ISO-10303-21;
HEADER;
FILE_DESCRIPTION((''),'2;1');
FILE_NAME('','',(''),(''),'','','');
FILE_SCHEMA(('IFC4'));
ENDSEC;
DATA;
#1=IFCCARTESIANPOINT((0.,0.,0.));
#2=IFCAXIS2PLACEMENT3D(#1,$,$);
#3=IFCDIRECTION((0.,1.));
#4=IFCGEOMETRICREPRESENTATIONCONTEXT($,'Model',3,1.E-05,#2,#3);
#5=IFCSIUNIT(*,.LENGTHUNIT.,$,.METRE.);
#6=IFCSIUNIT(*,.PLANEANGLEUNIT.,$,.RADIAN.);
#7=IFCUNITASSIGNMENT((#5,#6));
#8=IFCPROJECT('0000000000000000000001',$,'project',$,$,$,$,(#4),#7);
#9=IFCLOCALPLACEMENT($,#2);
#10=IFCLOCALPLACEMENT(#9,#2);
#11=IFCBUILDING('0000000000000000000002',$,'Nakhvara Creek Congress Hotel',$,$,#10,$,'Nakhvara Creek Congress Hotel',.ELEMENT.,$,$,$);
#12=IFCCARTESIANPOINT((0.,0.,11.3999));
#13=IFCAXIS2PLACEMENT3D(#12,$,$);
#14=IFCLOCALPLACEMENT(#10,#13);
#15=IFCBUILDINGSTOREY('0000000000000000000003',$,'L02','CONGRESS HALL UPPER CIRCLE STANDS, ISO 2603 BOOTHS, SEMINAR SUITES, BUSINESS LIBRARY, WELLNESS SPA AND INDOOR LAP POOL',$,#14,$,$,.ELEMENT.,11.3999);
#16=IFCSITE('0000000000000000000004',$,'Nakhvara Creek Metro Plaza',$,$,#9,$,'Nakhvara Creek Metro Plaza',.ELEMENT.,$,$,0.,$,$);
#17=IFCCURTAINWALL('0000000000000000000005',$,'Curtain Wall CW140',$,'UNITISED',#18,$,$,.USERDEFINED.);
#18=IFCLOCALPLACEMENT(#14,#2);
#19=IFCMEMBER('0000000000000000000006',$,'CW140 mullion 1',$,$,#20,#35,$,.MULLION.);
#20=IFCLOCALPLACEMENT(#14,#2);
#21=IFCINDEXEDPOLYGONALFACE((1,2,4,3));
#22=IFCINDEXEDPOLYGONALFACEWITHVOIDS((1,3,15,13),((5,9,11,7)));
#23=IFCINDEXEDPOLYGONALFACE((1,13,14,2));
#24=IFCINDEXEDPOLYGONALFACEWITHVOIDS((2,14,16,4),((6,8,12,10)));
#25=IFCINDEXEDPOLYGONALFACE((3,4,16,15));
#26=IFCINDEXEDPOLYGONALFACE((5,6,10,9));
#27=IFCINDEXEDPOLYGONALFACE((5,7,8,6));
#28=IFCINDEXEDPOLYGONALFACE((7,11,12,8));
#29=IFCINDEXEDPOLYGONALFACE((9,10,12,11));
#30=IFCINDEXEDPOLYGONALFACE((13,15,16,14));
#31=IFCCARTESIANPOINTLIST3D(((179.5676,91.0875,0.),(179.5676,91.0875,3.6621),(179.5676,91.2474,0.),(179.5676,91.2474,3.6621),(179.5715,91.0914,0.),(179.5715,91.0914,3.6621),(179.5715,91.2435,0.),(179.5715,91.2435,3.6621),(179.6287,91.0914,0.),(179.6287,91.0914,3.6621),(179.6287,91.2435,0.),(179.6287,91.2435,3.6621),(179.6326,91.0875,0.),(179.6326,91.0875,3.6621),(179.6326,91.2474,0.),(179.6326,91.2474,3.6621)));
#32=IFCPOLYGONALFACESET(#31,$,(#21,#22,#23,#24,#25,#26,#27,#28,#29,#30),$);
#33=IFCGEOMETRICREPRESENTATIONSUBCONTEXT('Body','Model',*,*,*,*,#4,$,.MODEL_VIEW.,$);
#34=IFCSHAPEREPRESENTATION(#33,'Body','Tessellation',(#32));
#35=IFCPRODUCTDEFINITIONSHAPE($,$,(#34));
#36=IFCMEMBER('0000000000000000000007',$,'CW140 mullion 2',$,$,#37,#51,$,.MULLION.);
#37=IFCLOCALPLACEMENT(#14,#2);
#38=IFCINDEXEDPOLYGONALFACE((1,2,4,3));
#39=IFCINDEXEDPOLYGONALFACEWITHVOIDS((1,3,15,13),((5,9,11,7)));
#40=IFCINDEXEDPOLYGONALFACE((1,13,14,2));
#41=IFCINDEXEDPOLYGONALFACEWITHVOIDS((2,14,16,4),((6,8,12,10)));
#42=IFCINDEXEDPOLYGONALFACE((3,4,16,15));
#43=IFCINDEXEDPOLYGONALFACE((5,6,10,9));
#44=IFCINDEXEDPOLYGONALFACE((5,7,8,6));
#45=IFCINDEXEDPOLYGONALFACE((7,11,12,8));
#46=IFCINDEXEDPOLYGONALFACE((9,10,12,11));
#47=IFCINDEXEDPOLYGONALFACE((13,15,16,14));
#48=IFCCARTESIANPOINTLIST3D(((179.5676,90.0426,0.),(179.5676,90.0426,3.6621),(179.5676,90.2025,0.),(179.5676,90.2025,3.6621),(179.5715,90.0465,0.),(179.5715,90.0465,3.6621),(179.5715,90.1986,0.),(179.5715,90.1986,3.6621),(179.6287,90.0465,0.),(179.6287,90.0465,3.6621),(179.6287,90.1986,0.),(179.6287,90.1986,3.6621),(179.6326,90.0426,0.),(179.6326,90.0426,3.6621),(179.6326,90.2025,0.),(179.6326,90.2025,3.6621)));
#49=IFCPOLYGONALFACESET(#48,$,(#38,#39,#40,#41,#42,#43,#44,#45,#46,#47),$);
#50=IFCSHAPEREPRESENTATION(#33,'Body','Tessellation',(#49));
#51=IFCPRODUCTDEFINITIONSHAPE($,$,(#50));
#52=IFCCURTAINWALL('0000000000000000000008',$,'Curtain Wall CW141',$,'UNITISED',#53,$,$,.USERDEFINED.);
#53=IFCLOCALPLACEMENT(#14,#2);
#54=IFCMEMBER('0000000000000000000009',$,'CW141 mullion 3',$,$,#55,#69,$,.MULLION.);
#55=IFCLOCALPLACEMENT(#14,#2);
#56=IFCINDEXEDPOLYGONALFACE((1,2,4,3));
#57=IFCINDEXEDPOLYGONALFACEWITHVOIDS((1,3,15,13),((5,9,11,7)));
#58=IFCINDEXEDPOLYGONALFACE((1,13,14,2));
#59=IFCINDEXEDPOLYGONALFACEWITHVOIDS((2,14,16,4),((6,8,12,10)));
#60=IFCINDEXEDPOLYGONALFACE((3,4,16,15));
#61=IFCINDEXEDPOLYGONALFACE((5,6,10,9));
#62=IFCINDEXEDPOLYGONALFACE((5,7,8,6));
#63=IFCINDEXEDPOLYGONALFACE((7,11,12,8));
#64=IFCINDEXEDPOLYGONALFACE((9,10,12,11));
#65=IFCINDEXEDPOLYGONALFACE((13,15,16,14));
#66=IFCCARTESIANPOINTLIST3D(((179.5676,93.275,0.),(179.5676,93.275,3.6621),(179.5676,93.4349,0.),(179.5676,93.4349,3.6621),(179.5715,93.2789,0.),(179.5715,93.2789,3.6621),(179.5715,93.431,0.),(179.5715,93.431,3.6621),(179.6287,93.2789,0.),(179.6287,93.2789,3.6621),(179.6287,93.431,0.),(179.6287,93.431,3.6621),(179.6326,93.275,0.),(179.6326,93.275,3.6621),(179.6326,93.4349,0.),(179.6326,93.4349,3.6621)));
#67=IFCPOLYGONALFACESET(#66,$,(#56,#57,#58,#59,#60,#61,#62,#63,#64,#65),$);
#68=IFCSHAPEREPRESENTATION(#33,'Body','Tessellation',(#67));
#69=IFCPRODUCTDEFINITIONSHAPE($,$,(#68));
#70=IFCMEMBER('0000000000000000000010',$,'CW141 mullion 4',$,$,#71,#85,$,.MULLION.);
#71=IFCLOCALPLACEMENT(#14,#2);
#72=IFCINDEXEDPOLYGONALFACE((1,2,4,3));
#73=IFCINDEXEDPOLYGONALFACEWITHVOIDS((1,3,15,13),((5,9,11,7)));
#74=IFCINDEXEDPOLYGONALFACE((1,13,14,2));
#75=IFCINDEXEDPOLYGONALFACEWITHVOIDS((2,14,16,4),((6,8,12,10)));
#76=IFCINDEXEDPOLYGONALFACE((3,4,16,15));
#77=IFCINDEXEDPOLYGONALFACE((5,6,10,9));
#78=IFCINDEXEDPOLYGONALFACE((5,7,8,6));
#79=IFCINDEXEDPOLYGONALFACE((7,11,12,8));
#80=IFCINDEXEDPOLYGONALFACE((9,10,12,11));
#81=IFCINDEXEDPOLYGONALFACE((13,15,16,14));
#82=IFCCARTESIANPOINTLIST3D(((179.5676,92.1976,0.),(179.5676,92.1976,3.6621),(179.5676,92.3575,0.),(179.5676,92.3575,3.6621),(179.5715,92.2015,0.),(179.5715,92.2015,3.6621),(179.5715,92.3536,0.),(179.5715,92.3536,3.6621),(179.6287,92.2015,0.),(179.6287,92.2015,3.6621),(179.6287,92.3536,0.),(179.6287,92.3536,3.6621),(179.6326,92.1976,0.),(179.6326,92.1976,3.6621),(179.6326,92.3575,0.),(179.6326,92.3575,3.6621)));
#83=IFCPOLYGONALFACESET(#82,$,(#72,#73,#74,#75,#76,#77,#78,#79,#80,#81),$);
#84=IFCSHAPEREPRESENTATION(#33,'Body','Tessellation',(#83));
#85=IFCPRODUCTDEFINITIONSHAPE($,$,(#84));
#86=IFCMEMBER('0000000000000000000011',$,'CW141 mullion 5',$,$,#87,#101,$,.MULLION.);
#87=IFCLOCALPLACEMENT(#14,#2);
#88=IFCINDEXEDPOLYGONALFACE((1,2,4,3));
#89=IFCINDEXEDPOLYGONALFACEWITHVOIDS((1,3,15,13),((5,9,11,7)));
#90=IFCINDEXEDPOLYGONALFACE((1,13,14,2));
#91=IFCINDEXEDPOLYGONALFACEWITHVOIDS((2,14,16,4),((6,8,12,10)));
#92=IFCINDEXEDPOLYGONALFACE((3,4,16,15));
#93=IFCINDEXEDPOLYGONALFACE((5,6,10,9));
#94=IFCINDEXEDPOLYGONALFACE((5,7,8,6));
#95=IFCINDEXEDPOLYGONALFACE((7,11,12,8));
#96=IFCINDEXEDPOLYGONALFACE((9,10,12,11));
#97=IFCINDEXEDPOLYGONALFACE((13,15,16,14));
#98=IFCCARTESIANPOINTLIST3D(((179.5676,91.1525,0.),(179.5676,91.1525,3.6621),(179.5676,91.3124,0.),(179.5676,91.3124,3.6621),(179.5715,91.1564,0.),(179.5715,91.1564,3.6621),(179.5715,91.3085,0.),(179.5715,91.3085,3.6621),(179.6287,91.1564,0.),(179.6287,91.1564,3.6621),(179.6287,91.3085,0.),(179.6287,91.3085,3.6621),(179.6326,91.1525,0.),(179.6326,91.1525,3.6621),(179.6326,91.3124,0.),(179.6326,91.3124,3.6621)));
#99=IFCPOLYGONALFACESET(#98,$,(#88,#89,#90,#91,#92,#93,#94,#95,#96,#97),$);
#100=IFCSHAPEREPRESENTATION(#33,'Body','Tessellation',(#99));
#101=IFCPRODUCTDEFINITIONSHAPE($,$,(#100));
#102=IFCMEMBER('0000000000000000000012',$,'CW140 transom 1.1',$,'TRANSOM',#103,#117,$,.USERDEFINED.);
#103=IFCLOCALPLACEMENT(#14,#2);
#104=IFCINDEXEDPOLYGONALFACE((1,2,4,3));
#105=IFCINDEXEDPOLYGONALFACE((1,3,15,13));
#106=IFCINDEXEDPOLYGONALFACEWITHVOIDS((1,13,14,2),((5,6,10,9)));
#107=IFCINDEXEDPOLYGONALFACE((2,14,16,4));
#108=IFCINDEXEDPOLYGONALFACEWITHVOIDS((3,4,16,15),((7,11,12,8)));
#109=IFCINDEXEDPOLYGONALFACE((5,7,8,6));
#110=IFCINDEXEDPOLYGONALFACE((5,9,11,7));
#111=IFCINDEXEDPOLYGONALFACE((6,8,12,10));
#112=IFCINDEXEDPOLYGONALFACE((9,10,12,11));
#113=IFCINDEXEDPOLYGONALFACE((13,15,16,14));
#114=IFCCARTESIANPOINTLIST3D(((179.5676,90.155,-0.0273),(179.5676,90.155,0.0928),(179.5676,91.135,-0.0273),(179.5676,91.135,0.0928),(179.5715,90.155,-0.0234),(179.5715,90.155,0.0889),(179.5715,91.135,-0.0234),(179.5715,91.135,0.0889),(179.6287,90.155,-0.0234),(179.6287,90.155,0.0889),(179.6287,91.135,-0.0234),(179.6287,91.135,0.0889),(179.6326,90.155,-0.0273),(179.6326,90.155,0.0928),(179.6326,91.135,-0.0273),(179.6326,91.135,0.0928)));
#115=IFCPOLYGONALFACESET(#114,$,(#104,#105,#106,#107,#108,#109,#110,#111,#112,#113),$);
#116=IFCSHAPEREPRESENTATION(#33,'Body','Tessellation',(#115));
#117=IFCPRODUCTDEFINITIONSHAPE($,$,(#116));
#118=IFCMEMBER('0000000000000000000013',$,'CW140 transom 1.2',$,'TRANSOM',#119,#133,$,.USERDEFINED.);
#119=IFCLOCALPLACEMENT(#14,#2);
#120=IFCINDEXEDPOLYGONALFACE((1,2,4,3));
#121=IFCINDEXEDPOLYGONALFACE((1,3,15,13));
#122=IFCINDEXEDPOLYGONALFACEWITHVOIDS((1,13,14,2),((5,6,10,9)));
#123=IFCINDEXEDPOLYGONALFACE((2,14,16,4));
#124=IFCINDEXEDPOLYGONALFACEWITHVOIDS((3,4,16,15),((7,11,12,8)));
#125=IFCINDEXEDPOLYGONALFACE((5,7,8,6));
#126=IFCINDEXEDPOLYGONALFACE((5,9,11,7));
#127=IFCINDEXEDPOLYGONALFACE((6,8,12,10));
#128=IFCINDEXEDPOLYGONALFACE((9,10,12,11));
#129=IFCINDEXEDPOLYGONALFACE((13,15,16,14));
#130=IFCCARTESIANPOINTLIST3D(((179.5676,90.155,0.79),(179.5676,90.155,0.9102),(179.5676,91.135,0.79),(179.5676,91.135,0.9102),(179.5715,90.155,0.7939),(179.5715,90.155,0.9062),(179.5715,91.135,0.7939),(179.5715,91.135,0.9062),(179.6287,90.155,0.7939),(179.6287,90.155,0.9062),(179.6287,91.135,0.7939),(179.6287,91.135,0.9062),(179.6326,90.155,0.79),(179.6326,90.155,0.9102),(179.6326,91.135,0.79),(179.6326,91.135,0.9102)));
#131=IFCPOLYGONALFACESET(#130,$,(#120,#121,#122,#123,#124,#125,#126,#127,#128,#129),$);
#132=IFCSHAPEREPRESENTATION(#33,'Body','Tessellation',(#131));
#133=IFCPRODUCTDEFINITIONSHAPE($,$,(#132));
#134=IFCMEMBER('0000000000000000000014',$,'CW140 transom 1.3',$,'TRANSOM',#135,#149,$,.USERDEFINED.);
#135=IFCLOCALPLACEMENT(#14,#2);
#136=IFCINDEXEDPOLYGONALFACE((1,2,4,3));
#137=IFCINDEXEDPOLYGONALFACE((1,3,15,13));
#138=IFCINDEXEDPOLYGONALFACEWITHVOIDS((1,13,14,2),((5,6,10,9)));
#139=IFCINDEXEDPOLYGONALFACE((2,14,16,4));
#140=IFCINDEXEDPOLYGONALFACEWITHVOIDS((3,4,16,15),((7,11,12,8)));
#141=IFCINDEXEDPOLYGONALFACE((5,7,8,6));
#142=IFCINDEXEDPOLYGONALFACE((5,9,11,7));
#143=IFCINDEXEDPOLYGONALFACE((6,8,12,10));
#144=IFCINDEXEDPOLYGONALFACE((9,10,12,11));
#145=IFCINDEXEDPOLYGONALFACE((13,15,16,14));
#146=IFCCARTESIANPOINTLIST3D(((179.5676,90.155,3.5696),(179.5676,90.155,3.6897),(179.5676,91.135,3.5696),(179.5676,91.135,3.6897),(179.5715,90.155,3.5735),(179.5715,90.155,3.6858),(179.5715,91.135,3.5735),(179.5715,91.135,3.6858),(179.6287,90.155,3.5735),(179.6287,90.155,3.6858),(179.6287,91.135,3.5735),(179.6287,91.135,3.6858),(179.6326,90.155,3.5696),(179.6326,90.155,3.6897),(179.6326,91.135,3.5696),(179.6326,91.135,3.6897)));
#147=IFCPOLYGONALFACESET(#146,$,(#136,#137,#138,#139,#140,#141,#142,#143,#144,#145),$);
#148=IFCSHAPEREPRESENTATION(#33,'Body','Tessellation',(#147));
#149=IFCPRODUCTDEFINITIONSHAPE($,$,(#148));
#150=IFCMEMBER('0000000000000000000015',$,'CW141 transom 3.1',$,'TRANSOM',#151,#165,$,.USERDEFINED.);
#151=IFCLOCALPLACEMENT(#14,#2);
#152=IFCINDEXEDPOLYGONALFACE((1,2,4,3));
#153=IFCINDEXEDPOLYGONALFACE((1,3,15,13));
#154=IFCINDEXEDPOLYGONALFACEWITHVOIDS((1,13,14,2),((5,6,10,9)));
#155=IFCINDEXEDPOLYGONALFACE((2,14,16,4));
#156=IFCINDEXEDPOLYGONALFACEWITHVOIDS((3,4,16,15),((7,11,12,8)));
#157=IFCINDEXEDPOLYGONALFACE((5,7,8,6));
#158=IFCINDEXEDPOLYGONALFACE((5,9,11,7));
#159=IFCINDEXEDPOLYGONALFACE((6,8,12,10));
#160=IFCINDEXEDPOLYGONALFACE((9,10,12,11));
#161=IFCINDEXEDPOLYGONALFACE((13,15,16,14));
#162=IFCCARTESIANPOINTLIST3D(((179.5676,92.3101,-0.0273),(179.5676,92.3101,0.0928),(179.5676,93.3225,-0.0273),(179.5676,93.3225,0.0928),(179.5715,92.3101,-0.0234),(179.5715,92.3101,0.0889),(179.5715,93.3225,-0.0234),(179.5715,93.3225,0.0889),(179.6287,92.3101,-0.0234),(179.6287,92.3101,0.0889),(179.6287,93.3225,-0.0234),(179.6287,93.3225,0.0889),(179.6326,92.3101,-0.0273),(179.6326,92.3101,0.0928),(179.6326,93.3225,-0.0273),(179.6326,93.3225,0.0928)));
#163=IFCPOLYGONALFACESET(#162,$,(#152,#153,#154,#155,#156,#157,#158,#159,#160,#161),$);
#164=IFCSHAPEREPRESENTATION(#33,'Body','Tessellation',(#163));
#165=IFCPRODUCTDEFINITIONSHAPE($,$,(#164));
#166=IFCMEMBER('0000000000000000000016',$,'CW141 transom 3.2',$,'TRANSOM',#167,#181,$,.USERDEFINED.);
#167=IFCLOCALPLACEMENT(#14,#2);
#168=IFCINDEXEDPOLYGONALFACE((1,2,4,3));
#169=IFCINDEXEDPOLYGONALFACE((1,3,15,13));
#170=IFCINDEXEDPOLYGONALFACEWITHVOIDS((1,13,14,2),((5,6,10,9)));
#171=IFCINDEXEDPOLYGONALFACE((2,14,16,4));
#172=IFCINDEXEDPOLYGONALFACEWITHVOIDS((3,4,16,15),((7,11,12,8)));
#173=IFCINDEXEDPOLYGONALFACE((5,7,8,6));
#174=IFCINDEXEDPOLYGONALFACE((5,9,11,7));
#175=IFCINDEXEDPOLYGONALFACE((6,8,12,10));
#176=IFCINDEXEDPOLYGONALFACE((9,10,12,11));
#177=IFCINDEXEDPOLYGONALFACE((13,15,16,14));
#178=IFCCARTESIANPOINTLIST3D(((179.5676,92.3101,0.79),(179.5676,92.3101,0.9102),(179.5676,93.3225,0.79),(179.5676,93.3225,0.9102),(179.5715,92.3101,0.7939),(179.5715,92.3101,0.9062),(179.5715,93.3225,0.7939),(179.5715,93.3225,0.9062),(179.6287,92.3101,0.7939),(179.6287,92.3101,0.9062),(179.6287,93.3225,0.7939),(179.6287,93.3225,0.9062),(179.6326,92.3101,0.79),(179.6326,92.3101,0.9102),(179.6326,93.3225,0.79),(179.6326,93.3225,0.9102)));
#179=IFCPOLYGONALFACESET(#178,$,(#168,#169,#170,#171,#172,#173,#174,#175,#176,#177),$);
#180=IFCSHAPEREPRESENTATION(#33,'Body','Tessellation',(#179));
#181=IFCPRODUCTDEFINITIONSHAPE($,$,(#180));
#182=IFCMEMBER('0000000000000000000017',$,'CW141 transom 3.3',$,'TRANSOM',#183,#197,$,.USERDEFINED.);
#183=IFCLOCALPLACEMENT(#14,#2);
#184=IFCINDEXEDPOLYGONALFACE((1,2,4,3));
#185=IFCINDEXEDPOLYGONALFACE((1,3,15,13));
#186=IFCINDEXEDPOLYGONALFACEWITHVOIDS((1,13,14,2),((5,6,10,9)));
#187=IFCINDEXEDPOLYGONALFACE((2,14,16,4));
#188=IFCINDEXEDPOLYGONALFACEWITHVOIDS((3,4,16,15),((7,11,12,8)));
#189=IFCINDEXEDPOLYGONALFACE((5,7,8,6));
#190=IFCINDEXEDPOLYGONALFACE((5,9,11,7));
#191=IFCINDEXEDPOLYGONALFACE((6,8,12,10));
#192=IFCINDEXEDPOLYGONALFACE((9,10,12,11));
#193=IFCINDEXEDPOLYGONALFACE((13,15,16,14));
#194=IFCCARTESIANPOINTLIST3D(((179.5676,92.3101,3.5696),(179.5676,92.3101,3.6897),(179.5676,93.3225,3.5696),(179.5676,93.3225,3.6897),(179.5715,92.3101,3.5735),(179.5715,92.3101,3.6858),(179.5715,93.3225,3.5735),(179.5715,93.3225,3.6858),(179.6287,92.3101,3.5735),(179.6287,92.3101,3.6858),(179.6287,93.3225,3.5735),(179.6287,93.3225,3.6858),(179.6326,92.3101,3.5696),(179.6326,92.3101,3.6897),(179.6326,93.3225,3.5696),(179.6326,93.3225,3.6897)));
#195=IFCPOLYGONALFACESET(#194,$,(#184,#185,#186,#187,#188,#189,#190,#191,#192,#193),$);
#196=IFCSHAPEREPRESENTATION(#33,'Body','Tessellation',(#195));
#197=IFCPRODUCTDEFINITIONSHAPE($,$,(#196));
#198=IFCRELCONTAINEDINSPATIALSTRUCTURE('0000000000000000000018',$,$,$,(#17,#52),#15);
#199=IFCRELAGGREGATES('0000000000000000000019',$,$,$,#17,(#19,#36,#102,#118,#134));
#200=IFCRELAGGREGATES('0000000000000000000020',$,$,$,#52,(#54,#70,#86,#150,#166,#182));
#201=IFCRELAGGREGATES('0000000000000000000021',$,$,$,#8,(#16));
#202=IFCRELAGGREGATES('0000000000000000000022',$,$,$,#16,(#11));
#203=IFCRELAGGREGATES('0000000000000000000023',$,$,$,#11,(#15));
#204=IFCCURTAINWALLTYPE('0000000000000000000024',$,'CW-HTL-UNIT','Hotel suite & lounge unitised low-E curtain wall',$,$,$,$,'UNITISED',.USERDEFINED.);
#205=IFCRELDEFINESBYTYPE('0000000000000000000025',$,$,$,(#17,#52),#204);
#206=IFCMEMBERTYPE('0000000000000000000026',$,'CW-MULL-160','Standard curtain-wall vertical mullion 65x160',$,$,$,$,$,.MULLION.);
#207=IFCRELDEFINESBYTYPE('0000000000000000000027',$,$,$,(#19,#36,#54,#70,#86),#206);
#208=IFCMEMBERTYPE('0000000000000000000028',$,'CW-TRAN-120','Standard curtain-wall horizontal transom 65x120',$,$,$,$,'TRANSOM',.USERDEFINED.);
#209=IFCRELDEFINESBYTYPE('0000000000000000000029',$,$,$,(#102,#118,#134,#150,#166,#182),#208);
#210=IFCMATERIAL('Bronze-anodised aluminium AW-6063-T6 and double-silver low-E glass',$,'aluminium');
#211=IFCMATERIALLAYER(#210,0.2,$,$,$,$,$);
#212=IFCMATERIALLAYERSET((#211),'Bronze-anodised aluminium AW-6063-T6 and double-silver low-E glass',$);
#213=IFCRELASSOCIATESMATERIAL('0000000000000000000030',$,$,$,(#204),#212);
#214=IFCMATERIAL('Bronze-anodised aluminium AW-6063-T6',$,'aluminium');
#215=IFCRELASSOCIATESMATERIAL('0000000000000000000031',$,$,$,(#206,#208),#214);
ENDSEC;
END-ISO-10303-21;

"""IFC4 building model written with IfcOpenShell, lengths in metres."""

from ifc_helpers import new_model, si_unit, direction, frame, origin, origin_2d, place, context, subcontext, project, spatial, hollow_rectangle, extrude, material, layer, layer_set, material_profile, profile_set, type_object, element, aggregate, save


model = new_model("IFC4")

# Units and contexts
model_context = context("Model", 3, precision=1e-05, world=origin(), true_north=direction((0.0, 1.0)))
body_context = subcontext(model_context, "Body", "Model", "MODEL_VIEW")
ifc_project = project(units=[si_unit("LENGTHUNIT", "METRE"), si_unit("PLANEANGLEUNIT", "RADIAN")], contexts=[model_context])

# Site, building, storey
site_placement = place(None, origin())
site = spatial("IfcSite", under=ifc_project, at=site_placement, Name="Nakhvara Creek Metro Plaza", LongName="Nakhvara Creek Metro Plaza", CompositionType="ELEMENT", RefElevation=0.0)
building_placement = place(site_placement, origin())
building = spatial("IfcBuilding", under=site, at=building_placement, Name="Nakhvara Creek Congress Hotel", LongName="Nakhvara Creek Congress Hotel", CompositionType="ELEMENT")
storey_placement = place(building_placement, frame((0.0, 0.0, 11.3999)))
storey = spatial("IfcBuildingStorey", under=building, at=storey_placement, Name="L02", Description="CONGRESS HALL UPPER CIRCLE STANDS, ISO 2603 BOOTHS, SEMINAR SUITES, BUSINESS LIBRARY, WELLNESS SPA AND INDOOR LAP POOL", CompositionType="ELEMENT", Elevation=11.3999)

# Curtain walls, members
ifc_material_1 = material(Name="Bronze-anodised aluminium AW-6063-T6 and double-silver low-E glass", Category="aluminium")
ifc_layer_1 = layer(ifc_material_1, 0.2)
ifc_layer_set_1 = layer_set([ifc_layer_1], Name="Bronze-anodised aluminium AW-6063-T6 and double-silver low-E glass")
curtain_wall_type = type_object("IfcCurtainWallType", Name="CW-HTL-UNIT", Description="Hotel suite & lounge unitised low-E curtain wall", ElementType="UNITISED", PredefinedType="USERDEFINED", material=ifc_layer_set_1)
curtain_wall_1_placement = place(storey_placement, origin())
curtain_wall_1 = element("IfcCurtainWall", 1, at=curtain_wall_1_placement, inside=storey, type_object=curtain_wall_type, Name="Curtain Wall CW140", ObjectType="UNITISED", PredefinedType="USERDEFINED")
ifc_material_2 = material(Name="Bronze-anodised aluminium AW-6063-T6", Category="aluminium")
ifc_material_profile_1 = material_profile(ifc_material_2, hollow_rectangle(XDim=0.0649, YDim=0.1599, WallThickness=0.0039, at=origin_2d()), Name="ALU-MULL 65x160x4", Category="LoadBearing")
ifc_profile_set_1 = profile_set([ifc_material_profile_1], Name="Bronze-anodised aluminium AW-6063-T6")
member_type_1 = type_object("IfcMemberType", Name="CW-MULL-160", Description="Standard curtain-wall vertical mullion 65x160", PredefinedType="MULLION", material=ifc_profile_set_1)
member_1_placement = place(storey_placement, frame((179.6001, 91.1675, 0.0), z_axis=(0.0, 0.0, 1.0), x_axis=(1.0, 0.0, 0.0)))
member_1 = element("IfcMember", 2, at=member_1_placement, type_object=member_type_1, Name="CW140 mullion 1", PredefinedType="MULLION", context=body_context, shape_type="SweptSolid", body=[
    extrude(hollow_rectangle(XDim=0.0649, YDim=0.1599, WallThickness=0.0039, at=origin_2d()), origin(), (0.0, 0.0, 1.0), 3.6621),
])
member_2_placement = place(storey_placement, frame((179.6001, 90.1226, 0.0), z_axis=(0.0, 0.0, 1.0), x_axis=(1.0, 0.0, 0.0)))
member_2 = element("IfcMember", 3, at=member_2_placement, type_object=member_type_1, Name="CW140 mullion 2", PredefinedType="MULLION", context=body_context, shape_type="SweptSolid", body=[
    extrude(hollow_rectangle(XDim=0.0649, YDim=0.1599, WallThickness=0.0039, at=origin_2d()), origin(), (0.0, 0.0, 1.0), 3.6621),
])
curtain_wall_2_placement = place(storey_placement, origin())
curtain_wall_2 = element("IfcCurtainWall", 4, at=curtain_wall_2_placement, inside=storey, type_object=curtain_wall_type, Name="Curtain Wall CW141", ObjectType="UNITISED", PredefinedType="USERDEFINED")
member_3_placement = place(storey_placement, frame((179.6001, 93.355, 0.0), z_axis=(0.0, 0.0, 1.0), x_axis=(1.0, 0.0, 0.0)))
member_3 = element("IfcMember", 5, at=member_3_placement, type_object=member_type_1, Name="CW141 mullion 3", PredefinedType="MULLION", context=body_context, shape_type="SweptSolid", body=[
    extrude(hollow_rectangle(XDim=0.0649, YDim=0.1599, WallThickness=0.0039, at=origin_2d()), origin(), (0.0, 0.0, 1.0), 3.6621),
])
member_4_placement = place(storey_placement, frame((179.6001, 92.2776, 0.0), z_axis=(0.0, 0.0, 1.0), x_axis=(1.0, 0.0, 0.0)))
member_4 = element("IfcMember", 6, at=member_4_placement, type_object=member_type_1, Name="CW141 mullion 4", PredefinedType="MULLION", context=body_context, shape_type="SweptSolid", body=[
    extrude(hollow_rectangle(XDim=0.0649, YDim=0.1599, WallThickness=0.0039, at=origin_2d()), origin(), (0.0, 0.0, 1.0), 3.6621),
])
member_5_placement = place(storey_placement, frame((179.6001, 91.2324, 0.0), z_axis=(0.0, 0.0, 1.0), x_axis=(1.0, 0.0, 0.0)))
member_5 = element("IfcMember", 7, at=member_5_placement, type_object=member_type_1, Name="CW141 mullion 5", PredefinedType="MULLION", context=body_context, shape_type="SweptSolid", body=[
    extrude(hollow_rectangle(XDim=0.0649, YDim=0.1599, WallThickness=0.0039, at=origin_2d()), origin(), (0.0, 0.0, 1.0), 3.6621),
])

# Members
ifc_material_profile_2 = material_profile(ifc_material_2, hollow_rectangle(XDim=0.0649, YDim=0.1201, WallThickness=0.0039, at=origin_2d()), Name="ALU-TRAN 65x120x4", Category="LoadBearing")
ifc_profile_set_2 = profile_set([ifc_material_profile_2], Name="Bronze-anodised aluminium AW-6063-T6")
member_type_2 = type_object("IfcMemberType", Name="CW-TRAN-120", Description="Standard curtain-wall horizontal transom 65x120", ElementType="TRANSOM", PredefinedType="USERDEFINED", material=ifc_profile_set_2)
member_6_placement = place(storey_placement, frame((179.6001, 91.135, 0.0327), z_axis=(0.0, -1.0, 0.0), x_axis=(1.0, 0.0, 0.0)))
member_6 = element("IfcMember", 8, at=member_6_placement, type_object=member_type_2, Name="CW140 transom 1.1", ObjectType="TRANSOM", PredefinedType="USERDEFINED", context=body_context, shape_type="SweptSolid", body=[
    extrude(hollow_rectangle(XDim=0.0649, YDim=0.1201, WallThickness=0.0039, at=origin_2d()), origin(), (0.0, 0.0, 1.0), 0.98),
])
member_7_placement = place(storey_placement, frame((179.6001, 91.135, 0.8501), z_axis=(0.0, -1.0, 0.0), x_axis=(1.0, 0.0, 0.0)))
member_7 = element("IfcMember", 9, at=member_7_placement, type_object=member_type_2, Name="CW140 transom 1.2", ObjectType="TRANSOM", PredefinedType="USERDEFINED", context=body_context, shape_type="SweptSolid", body=[
    extrude(hollow_rectangle(XDim=0.0649, YDim=0.1201, WallThickness=0.0039, at=origin_2d()), origin(), (0.0, 0.0, 1.0), 0.98),
])
member_8_placement = place(storey_placement, frame((179.6001, 91.135, 3.6296), z_axis=(0.0, -1.0, 0.0), x_axis=(1.0, 0.0, 0.0)))
member_8 = element("IfcMember", 10, at=member_8_placement, type_object=member_type_2, Name="CW140 transom 1.3", ObjectType="TRANSOM", PredefinedType="USERDEFINED", context=body_context, shape_type="SweptSolid", body=[
    extrude(hollow_rectangle(XDim=0.0649, YDim=0.1201, WallThickness=0.0039, at=origin_2d()), origin(), (0.0, 0.0, 1.0), 0.98),
])
member_9_placement = place(storey_placement, frame((179.6001, 93.3225, 0.0327), z_axis=(0.0, -1.0, 0.0), x_axis=(1.0, 0.0, 0.0)))
member_9 = element("IfcMember", 11, at=member_9_placement, type_object=member_type_2, Name="CW141 transom 3.1", ObjectType="TRANSOM", PredefinedType="USERDEFINED", context=body_context, shape_type="SweptSolid", body=[
    extrude(hollow_rectangle(XDim=0.0649, YDim=0.1201, WallThickness=0.0039, at=origin_2d()), origin(), (0.0, 0.0, 1.0), 1.0125),
])
member_10_placement = place(storey_placement, frame((179.6001, 93.3225, 0.8501), z_axis=(0.0, -1.0, 0.0), x_axis=(1.0, 0.0, 0.0)))
member_10 = element("IfcMember", 12, at=member_10_placement, type_object=member_type_2, Name="CW141 transom 3.2", ObjectType="TRANSOM", PredefinedType="USERDEFINED", context=body_context, shape_type="SweptSolid", body=[
    extrude(hollow_rectangle(XDim=0.0649, YDim=0.1201, WallThickness=0.0039, at=origin_2d()), origin(), (0.0, 0.0, 1.0), 1.0125),
])
member_11_placement = place(storey_placement, frame((179.6001, 93.3225, 3.6296), z_axis=(0.0, -1.0, 0.0), x_axis=(1.0, 0.0, 0.0)))
member_11 = element("IfcMember", 13, at=member_11_placement, type_object=member_type_2, Name="CW141 transom 3.3", ObjectType="TRANSOM", PredefinedType="USERDEFINED", context=body_context, shape_type="SweptSolid", body=[
    extrude(hollow_rectangle(XDim=0.0649, YDim=0.1201, WallThickness=0.0039, at=origin_2d()), origin(), (0.0, 0.0, 1.0), 1.0125),
])

aggregate(curtain_wall_1, [member_1, member_2, member_6, member_7, member_8])
aggregate(curtain_wall_2, [member_3, member_4, member_5, member_9, member_10, member_11])

save(model, "model.ifc")
